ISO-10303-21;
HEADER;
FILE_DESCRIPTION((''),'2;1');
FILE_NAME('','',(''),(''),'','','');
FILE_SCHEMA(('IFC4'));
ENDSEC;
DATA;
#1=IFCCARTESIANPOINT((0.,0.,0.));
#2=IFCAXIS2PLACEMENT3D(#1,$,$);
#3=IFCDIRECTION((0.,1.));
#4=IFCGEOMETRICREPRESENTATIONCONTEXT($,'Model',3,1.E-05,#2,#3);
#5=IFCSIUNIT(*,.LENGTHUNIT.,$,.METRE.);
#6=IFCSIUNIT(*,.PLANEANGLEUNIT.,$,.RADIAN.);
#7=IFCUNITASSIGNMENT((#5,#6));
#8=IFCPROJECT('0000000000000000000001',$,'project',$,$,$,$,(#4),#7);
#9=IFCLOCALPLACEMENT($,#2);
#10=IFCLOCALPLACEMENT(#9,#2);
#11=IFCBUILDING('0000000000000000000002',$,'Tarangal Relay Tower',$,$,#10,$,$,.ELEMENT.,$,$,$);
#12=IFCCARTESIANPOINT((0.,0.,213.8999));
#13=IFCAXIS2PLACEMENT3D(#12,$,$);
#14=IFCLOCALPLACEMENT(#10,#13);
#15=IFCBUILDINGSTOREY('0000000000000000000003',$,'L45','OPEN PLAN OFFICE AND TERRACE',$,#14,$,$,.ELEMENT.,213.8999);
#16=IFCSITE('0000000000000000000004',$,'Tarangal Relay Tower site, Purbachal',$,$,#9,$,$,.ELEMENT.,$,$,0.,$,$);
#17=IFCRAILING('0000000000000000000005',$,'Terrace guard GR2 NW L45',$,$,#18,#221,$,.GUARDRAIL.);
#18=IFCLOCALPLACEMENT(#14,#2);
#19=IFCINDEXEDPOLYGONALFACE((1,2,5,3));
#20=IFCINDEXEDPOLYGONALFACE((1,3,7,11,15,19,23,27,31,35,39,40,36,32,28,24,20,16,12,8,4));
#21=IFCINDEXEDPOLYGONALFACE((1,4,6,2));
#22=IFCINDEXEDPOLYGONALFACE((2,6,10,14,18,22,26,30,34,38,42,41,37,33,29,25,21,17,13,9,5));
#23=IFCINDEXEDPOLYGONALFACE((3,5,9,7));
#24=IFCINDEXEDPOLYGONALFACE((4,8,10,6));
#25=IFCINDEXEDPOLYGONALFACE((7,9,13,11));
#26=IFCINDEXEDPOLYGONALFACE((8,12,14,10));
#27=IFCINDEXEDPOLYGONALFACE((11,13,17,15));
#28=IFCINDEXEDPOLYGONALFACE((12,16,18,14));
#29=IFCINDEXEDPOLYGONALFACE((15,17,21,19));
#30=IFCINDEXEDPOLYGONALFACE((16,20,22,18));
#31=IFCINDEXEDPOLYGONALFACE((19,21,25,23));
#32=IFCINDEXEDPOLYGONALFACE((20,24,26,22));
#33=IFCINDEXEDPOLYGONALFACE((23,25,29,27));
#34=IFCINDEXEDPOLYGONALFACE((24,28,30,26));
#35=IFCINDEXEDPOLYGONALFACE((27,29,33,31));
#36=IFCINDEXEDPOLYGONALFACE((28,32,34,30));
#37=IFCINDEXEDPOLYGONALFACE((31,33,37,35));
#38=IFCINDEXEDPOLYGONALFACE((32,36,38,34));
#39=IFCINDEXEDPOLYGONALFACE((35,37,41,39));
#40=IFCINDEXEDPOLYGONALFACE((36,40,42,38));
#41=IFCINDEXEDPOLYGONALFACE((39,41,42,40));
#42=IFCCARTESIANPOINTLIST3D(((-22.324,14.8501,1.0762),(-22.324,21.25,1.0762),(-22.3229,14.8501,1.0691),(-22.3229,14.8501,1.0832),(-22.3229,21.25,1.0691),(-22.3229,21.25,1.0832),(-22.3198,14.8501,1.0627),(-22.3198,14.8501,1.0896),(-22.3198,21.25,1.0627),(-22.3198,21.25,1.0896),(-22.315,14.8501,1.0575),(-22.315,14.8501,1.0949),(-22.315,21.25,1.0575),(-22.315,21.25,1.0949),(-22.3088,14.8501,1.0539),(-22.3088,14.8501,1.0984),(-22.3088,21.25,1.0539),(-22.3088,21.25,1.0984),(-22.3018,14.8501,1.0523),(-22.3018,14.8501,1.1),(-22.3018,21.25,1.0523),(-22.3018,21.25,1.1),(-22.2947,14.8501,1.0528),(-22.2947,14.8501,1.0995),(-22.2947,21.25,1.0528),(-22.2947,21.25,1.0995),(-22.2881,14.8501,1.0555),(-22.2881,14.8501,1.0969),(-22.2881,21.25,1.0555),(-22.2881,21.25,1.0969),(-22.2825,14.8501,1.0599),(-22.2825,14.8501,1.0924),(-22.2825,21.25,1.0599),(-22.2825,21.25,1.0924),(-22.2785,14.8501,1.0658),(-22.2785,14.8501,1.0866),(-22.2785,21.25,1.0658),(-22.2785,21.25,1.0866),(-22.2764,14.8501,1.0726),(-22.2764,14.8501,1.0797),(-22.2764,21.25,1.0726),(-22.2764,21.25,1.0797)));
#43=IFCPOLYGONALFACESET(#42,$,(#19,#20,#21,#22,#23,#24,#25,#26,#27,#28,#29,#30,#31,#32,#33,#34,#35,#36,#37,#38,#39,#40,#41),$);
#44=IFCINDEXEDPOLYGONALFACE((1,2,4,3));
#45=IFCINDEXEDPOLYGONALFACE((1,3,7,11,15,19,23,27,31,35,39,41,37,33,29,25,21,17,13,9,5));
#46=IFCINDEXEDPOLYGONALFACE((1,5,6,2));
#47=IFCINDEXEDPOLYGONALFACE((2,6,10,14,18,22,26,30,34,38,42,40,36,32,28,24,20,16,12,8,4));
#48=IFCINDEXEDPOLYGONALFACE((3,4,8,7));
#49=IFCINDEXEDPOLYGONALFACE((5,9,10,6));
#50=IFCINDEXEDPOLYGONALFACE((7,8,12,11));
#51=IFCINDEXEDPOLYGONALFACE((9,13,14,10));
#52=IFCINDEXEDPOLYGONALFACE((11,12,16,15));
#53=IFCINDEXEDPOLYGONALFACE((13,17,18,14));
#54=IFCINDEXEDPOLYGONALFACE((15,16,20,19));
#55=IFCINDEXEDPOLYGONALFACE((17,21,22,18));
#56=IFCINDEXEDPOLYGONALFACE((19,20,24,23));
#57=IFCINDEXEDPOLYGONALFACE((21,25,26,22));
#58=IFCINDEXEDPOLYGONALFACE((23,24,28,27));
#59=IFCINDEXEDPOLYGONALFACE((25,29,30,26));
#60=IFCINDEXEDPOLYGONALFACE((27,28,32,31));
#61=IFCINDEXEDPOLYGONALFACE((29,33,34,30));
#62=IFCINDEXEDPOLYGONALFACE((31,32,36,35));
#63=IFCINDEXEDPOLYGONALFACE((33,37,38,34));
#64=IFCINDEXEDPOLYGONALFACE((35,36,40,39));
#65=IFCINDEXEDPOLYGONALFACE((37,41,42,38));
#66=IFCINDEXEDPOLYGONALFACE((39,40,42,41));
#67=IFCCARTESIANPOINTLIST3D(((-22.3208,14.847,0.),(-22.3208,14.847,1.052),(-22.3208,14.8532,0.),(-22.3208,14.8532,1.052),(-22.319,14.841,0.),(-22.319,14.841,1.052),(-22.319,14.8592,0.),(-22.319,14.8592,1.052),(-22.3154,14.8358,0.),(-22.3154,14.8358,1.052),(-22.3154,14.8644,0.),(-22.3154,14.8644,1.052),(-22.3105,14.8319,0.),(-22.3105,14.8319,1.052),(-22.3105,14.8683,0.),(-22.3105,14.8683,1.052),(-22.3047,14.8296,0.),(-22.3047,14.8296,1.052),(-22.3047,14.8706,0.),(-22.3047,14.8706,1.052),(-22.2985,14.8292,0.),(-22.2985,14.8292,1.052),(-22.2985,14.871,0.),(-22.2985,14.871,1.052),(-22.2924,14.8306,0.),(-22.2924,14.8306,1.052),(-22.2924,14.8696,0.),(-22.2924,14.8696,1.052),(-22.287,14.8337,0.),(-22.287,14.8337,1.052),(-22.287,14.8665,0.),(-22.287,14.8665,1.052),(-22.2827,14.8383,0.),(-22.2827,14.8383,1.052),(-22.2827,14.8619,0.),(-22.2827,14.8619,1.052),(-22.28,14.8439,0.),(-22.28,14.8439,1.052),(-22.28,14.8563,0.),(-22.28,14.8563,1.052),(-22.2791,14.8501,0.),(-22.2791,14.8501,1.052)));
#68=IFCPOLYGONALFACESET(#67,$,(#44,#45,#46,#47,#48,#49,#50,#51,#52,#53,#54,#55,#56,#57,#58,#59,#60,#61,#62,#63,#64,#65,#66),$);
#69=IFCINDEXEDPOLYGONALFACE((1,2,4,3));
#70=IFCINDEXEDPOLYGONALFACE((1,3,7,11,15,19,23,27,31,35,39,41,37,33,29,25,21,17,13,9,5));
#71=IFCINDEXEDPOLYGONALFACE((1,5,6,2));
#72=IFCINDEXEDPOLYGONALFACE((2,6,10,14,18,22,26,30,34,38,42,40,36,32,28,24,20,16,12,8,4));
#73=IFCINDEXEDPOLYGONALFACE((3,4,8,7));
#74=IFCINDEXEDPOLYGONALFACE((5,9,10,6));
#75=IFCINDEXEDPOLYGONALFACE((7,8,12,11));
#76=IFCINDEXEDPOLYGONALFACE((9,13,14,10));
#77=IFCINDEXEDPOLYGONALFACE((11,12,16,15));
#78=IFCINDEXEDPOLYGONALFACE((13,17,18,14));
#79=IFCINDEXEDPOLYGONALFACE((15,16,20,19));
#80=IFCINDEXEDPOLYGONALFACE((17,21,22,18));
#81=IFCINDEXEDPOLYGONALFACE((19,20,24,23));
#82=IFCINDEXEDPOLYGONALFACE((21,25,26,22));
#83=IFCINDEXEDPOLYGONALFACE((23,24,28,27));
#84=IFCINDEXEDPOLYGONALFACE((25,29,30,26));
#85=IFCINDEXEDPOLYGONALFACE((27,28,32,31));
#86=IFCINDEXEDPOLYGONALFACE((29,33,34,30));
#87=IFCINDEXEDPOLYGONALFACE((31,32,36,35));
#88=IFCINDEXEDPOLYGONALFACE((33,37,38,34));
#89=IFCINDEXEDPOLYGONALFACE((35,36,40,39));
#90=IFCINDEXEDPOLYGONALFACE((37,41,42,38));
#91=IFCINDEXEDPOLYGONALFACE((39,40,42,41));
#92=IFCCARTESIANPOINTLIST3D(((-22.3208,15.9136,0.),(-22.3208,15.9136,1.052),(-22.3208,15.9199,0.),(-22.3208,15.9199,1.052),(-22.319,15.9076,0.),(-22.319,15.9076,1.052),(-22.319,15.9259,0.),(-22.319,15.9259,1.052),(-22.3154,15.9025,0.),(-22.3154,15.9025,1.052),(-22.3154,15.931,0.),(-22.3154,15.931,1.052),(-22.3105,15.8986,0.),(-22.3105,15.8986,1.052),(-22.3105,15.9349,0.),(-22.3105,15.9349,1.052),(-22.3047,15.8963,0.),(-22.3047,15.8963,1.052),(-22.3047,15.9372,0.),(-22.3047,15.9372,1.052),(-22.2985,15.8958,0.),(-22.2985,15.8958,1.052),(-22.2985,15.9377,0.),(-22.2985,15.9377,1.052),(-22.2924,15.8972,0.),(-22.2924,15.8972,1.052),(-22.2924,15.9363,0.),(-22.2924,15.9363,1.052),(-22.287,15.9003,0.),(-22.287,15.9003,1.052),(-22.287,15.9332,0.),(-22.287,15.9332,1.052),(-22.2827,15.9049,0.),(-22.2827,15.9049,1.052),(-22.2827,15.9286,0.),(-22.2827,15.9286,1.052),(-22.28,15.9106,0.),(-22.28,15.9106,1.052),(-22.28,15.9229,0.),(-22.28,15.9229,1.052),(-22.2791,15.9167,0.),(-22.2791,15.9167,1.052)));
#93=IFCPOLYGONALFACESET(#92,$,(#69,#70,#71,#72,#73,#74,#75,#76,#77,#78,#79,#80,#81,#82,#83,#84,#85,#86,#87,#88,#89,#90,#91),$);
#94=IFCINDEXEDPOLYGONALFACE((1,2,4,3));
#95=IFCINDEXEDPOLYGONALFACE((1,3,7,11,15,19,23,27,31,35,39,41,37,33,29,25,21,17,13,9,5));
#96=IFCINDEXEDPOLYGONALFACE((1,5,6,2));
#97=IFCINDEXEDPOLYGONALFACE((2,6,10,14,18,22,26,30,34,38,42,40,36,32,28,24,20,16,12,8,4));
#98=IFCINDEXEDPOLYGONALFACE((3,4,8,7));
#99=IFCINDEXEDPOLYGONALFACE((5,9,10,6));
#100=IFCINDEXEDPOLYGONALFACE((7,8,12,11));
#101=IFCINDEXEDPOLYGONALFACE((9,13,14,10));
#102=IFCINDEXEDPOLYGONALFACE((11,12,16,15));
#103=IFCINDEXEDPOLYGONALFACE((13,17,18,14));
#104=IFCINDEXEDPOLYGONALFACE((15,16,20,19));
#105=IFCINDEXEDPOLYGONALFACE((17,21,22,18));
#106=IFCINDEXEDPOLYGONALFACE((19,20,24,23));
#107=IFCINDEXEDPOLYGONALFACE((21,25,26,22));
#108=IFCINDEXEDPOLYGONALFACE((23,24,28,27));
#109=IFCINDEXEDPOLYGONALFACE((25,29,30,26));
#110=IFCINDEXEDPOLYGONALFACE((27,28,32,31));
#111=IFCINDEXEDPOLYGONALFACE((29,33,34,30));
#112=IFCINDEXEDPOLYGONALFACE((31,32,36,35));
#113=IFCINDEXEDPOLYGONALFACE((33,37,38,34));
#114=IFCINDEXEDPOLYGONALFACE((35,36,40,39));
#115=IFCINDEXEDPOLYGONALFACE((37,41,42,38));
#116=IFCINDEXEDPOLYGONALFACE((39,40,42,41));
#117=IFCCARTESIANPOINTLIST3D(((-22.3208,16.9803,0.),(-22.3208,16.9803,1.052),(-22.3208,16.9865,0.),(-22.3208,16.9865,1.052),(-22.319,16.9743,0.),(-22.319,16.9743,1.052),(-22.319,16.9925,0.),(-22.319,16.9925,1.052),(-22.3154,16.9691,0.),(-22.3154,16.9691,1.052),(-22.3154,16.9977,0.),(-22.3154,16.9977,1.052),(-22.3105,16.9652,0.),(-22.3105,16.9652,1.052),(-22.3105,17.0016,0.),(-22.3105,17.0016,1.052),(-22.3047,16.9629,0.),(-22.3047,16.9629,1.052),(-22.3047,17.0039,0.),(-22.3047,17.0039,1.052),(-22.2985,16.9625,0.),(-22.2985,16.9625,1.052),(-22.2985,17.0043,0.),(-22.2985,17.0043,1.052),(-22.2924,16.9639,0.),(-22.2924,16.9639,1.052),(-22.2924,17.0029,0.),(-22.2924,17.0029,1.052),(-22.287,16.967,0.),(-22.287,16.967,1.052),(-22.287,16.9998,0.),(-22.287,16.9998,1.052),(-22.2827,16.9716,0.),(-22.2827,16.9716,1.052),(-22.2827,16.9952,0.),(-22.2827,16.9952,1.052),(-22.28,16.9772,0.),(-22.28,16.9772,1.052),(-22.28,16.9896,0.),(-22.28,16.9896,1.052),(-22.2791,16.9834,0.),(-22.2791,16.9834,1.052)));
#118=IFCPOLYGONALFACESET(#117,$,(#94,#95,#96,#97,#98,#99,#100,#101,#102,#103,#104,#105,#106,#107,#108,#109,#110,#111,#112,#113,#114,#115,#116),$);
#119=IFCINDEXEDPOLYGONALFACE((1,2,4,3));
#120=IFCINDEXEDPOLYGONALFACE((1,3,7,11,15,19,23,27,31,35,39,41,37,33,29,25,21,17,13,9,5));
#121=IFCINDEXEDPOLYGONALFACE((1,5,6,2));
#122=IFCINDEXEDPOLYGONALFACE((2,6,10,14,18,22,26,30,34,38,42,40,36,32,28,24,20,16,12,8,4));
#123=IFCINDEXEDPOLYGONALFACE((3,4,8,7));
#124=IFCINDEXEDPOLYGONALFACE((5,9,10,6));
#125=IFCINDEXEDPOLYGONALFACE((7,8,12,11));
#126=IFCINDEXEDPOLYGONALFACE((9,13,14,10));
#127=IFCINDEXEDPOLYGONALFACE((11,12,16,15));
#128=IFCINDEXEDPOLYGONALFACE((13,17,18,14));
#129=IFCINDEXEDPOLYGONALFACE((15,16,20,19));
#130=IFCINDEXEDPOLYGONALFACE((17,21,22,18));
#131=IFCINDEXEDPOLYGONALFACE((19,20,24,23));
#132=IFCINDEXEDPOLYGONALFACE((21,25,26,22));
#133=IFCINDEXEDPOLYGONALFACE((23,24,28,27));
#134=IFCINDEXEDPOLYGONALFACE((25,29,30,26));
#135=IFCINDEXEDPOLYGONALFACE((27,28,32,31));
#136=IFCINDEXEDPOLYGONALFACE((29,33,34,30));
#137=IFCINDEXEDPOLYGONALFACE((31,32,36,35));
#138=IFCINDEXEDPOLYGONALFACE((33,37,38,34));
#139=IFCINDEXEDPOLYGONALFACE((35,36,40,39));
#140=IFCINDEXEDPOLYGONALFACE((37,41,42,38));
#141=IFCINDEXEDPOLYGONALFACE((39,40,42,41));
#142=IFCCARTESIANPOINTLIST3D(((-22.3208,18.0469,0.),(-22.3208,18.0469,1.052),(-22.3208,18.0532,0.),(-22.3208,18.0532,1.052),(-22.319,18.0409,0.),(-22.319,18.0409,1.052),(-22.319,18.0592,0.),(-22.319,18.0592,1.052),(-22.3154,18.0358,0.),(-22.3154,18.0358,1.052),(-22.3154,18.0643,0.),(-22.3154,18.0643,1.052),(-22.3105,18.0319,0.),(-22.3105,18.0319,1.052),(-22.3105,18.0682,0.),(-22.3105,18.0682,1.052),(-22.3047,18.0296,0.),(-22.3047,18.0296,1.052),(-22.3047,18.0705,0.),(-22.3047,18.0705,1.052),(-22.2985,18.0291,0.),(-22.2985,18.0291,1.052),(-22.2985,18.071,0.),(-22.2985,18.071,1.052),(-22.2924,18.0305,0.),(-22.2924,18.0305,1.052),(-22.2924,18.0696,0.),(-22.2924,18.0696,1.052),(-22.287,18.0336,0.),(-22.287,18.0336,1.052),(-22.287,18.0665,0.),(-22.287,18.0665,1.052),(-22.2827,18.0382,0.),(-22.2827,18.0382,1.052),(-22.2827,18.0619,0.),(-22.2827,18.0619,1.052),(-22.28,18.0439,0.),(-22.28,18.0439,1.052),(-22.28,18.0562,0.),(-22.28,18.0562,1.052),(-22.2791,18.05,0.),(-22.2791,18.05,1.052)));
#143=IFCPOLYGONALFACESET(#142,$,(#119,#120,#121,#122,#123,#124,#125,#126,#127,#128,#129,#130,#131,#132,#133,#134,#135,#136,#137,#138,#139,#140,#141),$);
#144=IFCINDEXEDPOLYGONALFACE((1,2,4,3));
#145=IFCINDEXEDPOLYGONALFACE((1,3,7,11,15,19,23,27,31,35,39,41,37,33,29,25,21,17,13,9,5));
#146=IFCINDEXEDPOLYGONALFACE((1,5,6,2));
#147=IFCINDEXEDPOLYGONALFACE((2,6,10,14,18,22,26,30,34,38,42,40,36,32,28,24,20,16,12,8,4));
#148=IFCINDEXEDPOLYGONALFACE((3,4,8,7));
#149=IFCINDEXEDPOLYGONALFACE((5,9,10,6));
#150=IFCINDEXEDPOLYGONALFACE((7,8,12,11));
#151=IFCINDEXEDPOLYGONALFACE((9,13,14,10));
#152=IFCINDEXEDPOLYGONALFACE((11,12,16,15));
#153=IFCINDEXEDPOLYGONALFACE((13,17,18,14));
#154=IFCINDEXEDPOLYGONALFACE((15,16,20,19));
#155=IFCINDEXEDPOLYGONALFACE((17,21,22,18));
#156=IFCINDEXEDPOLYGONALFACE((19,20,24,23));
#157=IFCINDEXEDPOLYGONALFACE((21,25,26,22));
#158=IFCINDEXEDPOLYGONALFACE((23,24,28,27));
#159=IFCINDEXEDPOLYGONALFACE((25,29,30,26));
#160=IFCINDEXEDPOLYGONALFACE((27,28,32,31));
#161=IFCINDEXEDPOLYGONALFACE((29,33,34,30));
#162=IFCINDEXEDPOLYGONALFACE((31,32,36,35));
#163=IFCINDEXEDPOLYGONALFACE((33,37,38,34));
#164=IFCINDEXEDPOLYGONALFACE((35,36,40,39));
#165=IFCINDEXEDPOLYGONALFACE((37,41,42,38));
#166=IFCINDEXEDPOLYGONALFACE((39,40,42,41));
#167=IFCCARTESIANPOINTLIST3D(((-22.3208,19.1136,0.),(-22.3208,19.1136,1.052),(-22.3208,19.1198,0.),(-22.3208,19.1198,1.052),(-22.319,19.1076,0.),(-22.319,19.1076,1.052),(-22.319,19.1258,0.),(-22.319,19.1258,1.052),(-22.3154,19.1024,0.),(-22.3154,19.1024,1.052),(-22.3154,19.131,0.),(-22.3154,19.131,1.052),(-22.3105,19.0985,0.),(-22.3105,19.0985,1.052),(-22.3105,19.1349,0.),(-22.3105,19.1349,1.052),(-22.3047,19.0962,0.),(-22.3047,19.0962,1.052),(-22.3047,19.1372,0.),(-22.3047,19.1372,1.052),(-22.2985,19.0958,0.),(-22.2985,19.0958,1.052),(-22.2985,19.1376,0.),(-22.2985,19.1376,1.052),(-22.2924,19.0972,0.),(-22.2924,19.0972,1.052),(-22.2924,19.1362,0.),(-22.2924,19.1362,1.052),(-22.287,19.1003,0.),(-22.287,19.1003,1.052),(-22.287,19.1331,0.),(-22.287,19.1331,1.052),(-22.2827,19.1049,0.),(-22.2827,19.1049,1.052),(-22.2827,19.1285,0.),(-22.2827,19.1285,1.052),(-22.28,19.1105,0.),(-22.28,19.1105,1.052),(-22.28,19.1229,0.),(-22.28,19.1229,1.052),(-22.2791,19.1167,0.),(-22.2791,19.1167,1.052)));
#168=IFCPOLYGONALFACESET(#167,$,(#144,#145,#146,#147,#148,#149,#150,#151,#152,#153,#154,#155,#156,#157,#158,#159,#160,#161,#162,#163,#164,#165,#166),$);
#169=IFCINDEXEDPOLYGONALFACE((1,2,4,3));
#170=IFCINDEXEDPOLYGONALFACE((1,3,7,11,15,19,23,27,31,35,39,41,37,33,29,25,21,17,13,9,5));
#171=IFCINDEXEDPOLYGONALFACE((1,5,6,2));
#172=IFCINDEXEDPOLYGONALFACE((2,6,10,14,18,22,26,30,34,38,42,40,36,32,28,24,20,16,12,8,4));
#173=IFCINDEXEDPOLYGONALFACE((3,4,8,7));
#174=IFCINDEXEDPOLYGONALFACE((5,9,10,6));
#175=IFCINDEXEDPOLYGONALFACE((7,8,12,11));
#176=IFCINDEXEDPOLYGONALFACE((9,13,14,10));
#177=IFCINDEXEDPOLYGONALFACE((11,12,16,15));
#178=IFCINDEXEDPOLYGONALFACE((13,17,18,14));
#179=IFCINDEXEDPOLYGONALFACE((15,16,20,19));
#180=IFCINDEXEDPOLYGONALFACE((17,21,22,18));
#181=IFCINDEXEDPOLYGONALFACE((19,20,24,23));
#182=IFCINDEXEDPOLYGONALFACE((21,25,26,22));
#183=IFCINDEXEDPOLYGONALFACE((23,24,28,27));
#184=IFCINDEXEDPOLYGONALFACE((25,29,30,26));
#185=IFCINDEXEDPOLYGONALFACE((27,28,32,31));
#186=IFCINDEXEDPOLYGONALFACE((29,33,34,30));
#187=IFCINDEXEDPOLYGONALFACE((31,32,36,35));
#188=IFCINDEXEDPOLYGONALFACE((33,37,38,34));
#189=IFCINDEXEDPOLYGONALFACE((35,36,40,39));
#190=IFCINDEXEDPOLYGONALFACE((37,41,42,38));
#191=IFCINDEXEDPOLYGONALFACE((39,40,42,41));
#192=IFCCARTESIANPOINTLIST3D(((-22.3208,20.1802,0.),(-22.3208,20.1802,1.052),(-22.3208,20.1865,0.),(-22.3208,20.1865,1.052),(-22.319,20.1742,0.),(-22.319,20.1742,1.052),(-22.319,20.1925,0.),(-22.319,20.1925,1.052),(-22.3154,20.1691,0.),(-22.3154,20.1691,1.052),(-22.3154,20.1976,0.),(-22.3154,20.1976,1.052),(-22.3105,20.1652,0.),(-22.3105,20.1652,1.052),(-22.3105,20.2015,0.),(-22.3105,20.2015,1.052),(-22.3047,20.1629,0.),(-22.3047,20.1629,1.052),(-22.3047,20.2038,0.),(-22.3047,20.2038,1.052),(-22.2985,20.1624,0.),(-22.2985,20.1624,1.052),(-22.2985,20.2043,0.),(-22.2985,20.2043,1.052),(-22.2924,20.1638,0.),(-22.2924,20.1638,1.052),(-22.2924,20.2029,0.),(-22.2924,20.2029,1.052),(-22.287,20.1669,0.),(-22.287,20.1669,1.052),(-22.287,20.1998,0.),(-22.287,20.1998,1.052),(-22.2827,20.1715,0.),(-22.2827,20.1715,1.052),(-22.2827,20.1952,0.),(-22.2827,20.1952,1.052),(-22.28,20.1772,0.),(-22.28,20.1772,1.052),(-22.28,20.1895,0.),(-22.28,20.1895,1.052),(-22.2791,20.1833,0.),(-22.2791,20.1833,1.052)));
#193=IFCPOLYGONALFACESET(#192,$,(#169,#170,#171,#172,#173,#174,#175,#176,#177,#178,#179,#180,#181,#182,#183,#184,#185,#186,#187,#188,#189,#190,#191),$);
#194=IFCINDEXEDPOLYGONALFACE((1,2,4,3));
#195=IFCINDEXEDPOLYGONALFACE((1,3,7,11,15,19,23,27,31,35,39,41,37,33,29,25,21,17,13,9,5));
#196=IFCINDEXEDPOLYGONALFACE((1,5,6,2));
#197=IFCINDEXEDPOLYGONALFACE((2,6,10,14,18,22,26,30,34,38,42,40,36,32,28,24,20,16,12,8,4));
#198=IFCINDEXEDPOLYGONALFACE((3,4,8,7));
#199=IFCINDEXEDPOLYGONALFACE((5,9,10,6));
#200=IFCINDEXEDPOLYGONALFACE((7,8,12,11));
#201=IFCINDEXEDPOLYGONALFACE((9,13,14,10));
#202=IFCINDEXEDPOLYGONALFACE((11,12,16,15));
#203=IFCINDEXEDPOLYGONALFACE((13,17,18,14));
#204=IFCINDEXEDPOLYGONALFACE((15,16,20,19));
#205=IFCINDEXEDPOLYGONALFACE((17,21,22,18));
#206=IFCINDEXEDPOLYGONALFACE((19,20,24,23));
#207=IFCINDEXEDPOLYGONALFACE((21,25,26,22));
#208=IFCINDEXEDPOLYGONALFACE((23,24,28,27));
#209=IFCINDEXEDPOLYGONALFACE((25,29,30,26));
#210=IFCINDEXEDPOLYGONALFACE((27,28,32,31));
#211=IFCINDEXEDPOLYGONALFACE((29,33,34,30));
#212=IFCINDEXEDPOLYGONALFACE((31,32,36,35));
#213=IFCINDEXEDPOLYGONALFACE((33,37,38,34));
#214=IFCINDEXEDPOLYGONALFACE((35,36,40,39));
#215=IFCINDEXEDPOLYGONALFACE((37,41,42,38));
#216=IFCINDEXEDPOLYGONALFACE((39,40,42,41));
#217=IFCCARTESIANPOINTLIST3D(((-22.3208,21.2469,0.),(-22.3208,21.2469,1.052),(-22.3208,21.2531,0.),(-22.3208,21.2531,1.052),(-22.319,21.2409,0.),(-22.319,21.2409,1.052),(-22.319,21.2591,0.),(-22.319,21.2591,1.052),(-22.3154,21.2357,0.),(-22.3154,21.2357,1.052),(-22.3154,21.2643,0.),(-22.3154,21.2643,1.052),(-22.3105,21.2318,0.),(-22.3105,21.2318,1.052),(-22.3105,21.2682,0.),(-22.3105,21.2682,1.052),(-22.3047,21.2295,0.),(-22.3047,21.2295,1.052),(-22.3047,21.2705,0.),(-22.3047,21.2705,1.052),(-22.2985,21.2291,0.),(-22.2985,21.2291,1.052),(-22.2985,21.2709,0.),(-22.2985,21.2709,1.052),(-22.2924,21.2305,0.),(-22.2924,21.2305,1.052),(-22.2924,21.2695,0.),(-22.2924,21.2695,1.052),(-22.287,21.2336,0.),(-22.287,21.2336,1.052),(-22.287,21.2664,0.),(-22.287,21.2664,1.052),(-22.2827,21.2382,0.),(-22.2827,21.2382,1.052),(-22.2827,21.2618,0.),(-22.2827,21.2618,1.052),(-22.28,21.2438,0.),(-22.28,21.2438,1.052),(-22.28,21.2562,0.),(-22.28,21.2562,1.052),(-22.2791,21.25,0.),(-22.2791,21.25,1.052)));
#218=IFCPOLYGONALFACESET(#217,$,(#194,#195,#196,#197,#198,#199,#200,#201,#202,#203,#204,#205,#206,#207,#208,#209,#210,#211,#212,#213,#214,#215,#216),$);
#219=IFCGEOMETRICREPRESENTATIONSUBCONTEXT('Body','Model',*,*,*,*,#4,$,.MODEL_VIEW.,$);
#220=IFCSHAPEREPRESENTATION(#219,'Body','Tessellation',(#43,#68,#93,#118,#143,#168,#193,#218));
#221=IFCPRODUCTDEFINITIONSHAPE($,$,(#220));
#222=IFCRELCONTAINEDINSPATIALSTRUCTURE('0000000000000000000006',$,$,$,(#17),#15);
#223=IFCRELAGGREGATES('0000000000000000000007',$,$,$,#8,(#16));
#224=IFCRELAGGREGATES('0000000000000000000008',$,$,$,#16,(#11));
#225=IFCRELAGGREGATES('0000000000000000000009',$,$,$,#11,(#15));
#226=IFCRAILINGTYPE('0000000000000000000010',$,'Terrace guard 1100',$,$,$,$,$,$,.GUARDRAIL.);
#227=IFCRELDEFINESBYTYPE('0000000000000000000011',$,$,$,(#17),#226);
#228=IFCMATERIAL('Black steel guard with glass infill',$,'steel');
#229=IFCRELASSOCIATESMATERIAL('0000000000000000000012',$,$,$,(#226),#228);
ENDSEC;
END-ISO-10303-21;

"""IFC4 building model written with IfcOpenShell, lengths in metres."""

from ifc_helpers import new_model, si_unit, direction, frame, origin, origin_2d, place, context, subcontext, project, spatial, circle, extrude, material, type_object, element, save


model = new_model("IFC4")

# Units and contexts
model_context = context("Model", 3, precision=1e-05, world=origin(), true_north=direction((0.0, 1.0)))
body_context = subcontext(model_context, "Body", "Model", "MODEL_VIEW")
ifc_project = project(units=[si_unit("LENGTHUNIT", "METRE"), si_unit("PLANEANGLEUNIT", "RADIAN")], contexts=[model_context])

# Site, building, storey
site_placement = place(None, origin())
site = spatial("IfcSite", under=ifc_project, at=site_placement, Name="Tarangal Relay Tower site, Purbachal", CompositionType="ELEMENT", RefElevation=0.0)
building_placement = place(site_placement, origin())
building = spatial("IfcBuilding", under=site, at=building_placement, Name="Tarangal Relay Tower", CompositionType="ELEMENT")
storey_placement = place(building_placement, frame((0.0, 0.0, 213.8999)))
storey = spatial("IfcBuildingStorey", under=building, at=storey_placement, Name="L45", Description="OPEN PLAN OFFICE AND TERRACE", CompositionType="ELEMENT", Elevation=213.8999)

# Railing
ifc_material_1 = material(Name="Black steel guard with glass infill", Category="steel")
railing_type = type_object("IfcRailingType", Name="Terrace guard 1100", PredefinedType="GUARDRAIL", material=ifc_material_1)
railing_1_placement = place(storey_placement, frame((-22.3, 14.8501, 0.0)))
element("IfcRailing", 1, at=railing_1_placement, inside=storey, type_object=railing_type, Name="Terrace guard GR2 NW L45", PredefinedType="GUARDRAIL", context=body_context, shape_type="SweptSolid", body=[
    extrude(circle(Radius=0.0239, at=origin_2d()), frame((0.0, 0.0, 1.0762), z_axis=(0.0, 1.0, 0.0), x_axis=(-1.0, 0.0, 0.0)), (0.0, 0.0, 1.0), 6.3999),
    extrude(circle(Radius=0.021, at=origin_2d()), origin(), (0.0, 0.0, 1.0), 1.052),
    extrude(circle(Radius=0.021, at=origin_2d()), frame((0.0, 1.0667, 0.0)), (0.0, 0.0, 1.0), 1.052),
    extrude(circle(Radius=0.021, at=origin_2d()), frame((0.0, 2.1333, 0.0)), (0.0, 0.0, 1.0), 1.052),
    extrude(circle(Radius=0.021, at=origin_2d()), frame((0.0, 3.2, 0.0)), (0.0, 0.0, 1.0), 1.052),
    extrude(circle(Radius=0.021, at=origin_2d()), frame((0.0, 4.2666, 0.0)), (0.0, 0.0, 1.0), 1.052),
    extrude(circle(Radius=0.021, at=origin_2d()), frame((0.0, 5.3333, 0.0)), (0.0, 0.0, 1.0), 1.052),
    extrude(circle(Radius=0.021, at=origin_2d()), frame((0.0, 6.3999, 0.0)), (0.0, 0.0, 1.0), 1.052),
])

save(model, "model.ifc")
